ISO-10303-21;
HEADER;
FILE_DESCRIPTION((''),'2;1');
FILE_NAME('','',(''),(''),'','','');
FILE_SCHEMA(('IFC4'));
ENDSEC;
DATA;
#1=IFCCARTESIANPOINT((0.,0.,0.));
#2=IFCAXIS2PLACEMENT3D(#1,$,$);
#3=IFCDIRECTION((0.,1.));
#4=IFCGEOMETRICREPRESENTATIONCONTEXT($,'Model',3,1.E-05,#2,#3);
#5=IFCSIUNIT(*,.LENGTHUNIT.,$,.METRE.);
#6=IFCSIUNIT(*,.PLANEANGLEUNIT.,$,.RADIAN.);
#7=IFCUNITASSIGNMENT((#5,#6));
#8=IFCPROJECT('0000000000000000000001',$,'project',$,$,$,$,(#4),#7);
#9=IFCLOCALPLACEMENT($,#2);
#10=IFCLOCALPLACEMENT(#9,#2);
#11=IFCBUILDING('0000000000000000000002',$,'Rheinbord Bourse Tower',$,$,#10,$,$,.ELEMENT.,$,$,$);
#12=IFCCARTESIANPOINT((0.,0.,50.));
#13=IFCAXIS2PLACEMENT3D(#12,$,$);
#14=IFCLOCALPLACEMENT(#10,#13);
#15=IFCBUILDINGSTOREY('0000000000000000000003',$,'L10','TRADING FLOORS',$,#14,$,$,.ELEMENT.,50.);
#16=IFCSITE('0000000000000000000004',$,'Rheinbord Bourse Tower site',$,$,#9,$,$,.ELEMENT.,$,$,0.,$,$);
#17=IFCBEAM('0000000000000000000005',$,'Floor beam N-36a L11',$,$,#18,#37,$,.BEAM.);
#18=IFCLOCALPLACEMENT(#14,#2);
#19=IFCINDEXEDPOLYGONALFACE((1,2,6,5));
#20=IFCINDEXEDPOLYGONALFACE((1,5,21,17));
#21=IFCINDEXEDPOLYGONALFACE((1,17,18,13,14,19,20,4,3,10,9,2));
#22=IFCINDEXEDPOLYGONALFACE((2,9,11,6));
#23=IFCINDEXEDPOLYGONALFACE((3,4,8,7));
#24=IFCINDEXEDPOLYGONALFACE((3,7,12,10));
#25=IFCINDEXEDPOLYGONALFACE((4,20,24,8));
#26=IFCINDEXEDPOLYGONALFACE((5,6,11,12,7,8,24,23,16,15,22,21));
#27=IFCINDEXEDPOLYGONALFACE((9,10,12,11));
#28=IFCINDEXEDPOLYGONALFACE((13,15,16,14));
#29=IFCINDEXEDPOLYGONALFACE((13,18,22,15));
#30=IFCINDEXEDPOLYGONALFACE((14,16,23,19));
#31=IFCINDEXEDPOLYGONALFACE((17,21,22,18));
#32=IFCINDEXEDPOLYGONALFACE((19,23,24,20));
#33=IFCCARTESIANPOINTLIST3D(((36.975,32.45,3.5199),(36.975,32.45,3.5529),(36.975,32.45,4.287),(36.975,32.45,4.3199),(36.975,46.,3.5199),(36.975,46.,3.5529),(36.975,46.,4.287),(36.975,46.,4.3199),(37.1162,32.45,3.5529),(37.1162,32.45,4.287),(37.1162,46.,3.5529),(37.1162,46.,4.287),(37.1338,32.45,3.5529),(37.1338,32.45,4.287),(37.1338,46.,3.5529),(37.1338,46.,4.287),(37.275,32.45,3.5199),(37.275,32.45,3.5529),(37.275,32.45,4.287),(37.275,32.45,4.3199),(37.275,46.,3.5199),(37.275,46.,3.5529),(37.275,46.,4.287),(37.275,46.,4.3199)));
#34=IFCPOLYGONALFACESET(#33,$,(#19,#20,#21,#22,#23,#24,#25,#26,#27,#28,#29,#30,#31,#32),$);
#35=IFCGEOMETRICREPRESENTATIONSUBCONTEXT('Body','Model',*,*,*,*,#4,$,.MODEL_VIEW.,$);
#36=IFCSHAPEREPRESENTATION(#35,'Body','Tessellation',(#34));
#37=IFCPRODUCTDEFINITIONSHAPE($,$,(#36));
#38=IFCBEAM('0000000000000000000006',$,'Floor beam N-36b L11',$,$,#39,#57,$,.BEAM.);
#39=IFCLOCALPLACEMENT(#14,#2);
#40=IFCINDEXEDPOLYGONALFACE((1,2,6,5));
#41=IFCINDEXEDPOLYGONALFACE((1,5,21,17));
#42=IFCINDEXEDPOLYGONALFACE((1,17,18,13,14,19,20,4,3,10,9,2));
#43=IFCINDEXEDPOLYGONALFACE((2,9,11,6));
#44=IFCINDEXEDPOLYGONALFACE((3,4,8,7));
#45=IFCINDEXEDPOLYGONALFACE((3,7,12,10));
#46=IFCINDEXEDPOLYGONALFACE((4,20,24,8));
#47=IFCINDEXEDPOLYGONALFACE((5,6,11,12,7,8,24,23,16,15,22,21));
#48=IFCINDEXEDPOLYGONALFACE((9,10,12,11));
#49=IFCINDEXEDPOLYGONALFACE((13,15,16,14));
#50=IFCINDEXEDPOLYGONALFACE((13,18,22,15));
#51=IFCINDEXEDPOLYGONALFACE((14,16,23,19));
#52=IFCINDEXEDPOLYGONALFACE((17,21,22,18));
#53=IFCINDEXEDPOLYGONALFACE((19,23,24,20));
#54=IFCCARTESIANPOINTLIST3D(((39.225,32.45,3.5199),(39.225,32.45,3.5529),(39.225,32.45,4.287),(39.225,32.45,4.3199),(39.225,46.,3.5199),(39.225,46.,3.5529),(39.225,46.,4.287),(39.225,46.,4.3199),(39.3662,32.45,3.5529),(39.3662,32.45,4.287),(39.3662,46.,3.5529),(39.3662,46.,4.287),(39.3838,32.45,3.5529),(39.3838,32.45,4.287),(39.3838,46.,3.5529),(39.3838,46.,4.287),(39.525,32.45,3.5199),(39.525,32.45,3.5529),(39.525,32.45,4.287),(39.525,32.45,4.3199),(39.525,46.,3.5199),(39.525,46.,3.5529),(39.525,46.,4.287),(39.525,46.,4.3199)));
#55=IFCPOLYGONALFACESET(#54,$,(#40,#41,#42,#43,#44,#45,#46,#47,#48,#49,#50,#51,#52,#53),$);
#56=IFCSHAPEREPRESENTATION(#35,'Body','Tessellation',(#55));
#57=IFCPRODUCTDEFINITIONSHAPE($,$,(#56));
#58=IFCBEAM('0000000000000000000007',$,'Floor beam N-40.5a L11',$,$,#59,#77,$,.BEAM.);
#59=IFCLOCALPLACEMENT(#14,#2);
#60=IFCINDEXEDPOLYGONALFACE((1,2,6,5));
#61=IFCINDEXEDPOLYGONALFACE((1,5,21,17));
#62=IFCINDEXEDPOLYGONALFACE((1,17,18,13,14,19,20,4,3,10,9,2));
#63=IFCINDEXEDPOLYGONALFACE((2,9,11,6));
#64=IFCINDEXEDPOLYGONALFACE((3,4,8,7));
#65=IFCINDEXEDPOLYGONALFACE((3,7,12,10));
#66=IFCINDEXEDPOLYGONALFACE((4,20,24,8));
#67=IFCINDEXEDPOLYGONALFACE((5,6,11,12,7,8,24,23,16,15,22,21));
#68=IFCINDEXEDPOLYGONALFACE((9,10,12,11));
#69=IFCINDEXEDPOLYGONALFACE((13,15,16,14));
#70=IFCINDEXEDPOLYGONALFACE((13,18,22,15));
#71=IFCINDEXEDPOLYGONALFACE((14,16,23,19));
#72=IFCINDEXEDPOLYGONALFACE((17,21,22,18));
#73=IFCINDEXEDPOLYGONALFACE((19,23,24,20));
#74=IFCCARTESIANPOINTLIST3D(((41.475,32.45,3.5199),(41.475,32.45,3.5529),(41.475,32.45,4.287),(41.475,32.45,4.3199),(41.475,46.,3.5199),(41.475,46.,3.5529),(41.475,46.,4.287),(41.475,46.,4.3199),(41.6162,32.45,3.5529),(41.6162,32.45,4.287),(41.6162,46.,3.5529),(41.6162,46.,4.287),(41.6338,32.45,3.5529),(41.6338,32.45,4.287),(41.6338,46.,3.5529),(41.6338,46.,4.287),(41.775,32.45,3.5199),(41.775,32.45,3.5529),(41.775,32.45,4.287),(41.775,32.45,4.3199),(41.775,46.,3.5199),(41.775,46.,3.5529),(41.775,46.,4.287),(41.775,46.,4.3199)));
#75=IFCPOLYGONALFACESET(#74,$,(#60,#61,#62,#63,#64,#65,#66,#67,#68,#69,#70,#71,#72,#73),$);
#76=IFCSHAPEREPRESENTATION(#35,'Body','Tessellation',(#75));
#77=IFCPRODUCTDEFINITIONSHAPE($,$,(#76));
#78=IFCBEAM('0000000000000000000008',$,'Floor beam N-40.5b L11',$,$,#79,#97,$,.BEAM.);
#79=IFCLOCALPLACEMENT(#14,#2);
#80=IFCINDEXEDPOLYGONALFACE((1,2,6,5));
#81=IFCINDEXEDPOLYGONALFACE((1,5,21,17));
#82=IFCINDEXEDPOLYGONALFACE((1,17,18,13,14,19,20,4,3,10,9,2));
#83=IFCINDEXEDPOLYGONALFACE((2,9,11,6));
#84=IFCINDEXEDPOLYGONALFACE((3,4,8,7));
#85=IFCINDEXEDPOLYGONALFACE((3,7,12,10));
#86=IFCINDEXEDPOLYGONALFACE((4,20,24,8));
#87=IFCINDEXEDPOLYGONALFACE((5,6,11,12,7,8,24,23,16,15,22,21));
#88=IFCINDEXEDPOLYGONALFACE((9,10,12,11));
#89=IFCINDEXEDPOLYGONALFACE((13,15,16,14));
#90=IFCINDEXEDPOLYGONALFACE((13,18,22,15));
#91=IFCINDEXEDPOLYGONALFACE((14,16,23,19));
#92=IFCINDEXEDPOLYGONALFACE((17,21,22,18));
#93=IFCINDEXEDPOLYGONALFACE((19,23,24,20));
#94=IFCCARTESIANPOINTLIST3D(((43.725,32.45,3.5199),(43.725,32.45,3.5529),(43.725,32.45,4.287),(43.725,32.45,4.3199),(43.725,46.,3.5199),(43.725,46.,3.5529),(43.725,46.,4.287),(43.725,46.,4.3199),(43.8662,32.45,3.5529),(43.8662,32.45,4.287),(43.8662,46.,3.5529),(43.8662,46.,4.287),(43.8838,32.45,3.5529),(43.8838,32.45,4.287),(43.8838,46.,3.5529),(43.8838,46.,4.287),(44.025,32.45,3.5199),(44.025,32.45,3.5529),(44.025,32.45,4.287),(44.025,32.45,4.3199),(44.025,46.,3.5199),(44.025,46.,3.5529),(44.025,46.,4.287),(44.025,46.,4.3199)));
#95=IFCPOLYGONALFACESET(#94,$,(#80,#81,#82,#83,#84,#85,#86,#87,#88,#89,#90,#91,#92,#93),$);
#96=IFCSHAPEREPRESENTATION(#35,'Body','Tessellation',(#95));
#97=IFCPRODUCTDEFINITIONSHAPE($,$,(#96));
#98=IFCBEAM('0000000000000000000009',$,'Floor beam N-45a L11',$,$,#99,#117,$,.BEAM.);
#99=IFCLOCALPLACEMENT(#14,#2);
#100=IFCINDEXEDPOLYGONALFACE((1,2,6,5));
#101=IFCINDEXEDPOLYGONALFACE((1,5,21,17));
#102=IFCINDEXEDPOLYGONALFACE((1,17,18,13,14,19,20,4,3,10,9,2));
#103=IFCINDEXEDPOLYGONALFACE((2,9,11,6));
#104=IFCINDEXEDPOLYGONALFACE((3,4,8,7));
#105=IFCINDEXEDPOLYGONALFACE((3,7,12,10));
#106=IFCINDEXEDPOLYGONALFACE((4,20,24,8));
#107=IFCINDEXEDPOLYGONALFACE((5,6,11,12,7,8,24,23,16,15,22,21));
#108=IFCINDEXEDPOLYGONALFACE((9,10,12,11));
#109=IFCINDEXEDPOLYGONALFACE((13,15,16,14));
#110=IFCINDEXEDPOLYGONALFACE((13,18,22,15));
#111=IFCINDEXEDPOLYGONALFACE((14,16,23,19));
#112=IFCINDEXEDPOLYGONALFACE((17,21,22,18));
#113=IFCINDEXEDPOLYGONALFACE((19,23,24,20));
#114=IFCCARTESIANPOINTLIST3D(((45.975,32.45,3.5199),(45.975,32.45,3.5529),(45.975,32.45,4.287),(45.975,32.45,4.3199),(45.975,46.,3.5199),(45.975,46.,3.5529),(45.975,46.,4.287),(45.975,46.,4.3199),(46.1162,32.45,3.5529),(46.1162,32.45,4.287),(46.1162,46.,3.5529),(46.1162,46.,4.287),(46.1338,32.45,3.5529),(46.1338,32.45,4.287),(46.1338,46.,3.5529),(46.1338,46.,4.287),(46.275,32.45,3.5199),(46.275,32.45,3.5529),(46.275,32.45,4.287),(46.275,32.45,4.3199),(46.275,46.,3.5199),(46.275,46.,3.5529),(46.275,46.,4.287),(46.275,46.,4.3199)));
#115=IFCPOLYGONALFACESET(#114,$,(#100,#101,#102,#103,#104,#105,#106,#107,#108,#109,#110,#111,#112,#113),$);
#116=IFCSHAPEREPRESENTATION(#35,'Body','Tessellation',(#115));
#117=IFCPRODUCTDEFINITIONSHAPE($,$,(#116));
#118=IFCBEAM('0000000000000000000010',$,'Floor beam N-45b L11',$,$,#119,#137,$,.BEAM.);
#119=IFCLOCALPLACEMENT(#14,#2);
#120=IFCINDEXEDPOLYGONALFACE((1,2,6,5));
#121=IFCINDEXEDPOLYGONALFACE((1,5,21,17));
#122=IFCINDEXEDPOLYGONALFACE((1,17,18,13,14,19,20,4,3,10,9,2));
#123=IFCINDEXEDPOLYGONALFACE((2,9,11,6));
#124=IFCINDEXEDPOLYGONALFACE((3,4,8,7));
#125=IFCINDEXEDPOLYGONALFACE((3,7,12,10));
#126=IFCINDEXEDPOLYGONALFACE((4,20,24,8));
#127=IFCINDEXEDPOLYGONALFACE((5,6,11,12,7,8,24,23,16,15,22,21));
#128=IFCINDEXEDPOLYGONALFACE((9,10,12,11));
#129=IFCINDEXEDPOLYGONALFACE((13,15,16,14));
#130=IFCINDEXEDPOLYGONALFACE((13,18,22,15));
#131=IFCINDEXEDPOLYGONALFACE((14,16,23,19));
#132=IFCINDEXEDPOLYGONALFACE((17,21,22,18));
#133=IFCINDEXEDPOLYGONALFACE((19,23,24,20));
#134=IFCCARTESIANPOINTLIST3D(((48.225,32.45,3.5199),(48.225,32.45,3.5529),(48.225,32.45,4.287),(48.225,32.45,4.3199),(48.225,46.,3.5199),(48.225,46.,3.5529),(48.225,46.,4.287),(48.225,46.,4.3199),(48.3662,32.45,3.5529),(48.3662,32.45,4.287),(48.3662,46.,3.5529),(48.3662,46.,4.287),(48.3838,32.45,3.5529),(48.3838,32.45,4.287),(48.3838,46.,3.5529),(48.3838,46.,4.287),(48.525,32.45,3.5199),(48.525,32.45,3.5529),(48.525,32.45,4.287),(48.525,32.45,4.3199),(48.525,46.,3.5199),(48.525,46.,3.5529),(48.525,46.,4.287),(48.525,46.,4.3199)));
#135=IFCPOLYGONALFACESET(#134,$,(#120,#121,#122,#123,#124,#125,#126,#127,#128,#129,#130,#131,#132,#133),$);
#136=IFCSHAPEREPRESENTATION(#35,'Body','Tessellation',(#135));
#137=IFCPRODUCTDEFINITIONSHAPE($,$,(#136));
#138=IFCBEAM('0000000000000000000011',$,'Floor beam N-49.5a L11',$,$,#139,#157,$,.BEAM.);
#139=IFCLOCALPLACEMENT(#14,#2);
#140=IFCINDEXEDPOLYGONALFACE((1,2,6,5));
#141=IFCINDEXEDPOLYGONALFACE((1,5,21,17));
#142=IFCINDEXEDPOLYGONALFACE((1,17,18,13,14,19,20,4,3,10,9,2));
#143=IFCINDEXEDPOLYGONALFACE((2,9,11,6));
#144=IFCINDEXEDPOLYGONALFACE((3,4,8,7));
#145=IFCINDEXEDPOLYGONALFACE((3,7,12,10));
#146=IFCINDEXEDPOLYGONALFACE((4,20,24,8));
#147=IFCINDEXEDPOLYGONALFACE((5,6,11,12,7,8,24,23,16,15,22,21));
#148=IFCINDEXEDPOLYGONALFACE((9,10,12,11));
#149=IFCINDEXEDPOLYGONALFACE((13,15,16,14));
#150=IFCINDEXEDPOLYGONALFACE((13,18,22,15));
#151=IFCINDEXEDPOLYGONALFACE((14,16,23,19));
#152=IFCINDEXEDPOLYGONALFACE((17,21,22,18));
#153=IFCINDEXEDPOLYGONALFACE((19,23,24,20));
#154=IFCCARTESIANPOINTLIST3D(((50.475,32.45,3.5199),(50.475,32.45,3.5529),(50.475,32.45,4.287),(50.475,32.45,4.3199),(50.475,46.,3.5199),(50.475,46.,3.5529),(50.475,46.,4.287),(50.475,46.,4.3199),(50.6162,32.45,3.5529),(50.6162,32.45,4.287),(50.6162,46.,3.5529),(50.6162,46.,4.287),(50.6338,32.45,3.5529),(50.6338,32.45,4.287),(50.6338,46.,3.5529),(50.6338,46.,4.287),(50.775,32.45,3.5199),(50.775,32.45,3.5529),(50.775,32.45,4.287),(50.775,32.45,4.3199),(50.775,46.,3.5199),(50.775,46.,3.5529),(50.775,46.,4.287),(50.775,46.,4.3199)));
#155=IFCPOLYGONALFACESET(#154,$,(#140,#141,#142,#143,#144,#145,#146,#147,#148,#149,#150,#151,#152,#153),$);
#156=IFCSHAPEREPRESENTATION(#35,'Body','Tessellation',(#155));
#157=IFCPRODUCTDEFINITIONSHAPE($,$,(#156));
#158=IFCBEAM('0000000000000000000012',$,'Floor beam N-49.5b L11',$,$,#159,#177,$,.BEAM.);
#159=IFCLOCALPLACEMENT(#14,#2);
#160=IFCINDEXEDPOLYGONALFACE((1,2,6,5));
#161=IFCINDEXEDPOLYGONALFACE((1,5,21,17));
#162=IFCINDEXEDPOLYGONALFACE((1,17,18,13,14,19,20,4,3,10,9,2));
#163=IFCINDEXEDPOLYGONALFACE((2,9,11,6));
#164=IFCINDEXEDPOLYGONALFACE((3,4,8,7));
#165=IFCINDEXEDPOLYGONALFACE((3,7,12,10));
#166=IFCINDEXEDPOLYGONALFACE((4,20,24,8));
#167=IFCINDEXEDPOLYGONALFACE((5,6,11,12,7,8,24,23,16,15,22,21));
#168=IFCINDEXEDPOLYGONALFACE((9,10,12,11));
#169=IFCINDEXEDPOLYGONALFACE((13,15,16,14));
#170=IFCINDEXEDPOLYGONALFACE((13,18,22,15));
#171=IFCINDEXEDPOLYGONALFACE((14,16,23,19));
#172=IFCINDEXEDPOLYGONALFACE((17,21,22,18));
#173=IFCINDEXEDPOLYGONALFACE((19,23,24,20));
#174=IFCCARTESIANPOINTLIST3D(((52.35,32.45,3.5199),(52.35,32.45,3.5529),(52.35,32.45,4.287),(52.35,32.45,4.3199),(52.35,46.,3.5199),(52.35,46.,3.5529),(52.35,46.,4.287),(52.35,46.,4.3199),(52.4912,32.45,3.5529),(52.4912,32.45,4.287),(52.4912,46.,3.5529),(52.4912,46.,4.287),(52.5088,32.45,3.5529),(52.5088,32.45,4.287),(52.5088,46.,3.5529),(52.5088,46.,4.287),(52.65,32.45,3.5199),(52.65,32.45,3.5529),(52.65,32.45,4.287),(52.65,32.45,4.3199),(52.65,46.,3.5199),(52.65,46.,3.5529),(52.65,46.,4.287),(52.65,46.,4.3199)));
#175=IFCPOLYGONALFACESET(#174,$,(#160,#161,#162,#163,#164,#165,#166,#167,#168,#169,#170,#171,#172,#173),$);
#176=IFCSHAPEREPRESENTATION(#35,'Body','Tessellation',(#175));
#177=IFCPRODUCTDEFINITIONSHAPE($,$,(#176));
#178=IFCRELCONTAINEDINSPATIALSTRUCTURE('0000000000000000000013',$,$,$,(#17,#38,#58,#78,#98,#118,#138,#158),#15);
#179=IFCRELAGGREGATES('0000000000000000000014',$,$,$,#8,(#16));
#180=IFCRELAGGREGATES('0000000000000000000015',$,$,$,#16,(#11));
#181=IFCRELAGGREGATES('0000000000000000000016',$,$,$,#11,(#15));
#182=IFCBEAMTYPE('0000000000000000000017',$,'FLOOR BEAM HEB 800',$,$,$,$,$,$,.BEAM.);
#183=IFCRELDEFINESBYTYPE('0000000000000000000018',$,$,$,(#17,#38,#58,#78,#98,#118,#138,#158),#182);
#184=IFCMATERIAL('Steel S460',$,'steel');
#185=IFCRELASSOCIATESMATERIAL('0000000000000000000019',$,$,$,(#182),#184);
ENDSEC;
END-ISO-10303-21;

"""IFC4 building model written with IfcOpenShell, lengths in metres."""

from ifc_helpers import new_model, si_unit, direction, frame, origin, origin_2d, place, context, subcontext, project, spatial, i_section, extrude, material, material_profile, profile_set, type_object, element, save


model = new_model("IFC4")

# Units and contexts
model_context = context("Model", 3, precision=1e-05, world=origin(), true_north=direction((0.0, 1.0)))
body_context = subcontext(model_context, "Body", "Model", "MODEL_VIEW")
ifc_project = project(units=[si_unit("LENGTHUNIT", "METRE"), si_unit("PLANEANGLEUNIT", "RADIAN")], contexts=[model_context])

# Site, building, storey
site_placement = place(None, origin())
site = spatial("IfcSite", under=ifc_project, at=site_placement, Name="Rheinbord Bourse Tower site", CompositionType="ELEMENT", RefElevation=0.0)
building_placement = place(site_placement, origin())
building = spatial("IfcBuilding", under=site, at=building_placement, Name="Rheinbord Bourse Tower", CompositionType="ELEMENT")
storey_placement = place(building_placement, frame((0.0, 0.0, 50.0)))
storey = spatial("IfcBuildingStorey", under=building, at=storey_placement, Name="L10", Description="TRADING FLOORS", CompositionType="ELEMENT", Elevation=50.0)

# Beams
ifc_material_1 = material(Name="Steel S460", Category="steel")
ifc_material_profile_1 = material_profile(ifc_material_1, i_section(OverallWidth=0.3, OverallDepth=0.8, WebThickness=0.0176, FlangeThickness=0.033, at=origin_2d()), Name="HEB 800")
ifc_profile_set_1 = profile_set([ifc_material_profile_1], Name="Steel S460")
beam_type_1 = type_object("IfcBeamType", Name="FLOOR BEAM HEB 800", PredefinedType="BEAM", material=ifc_profile_set_1)
for number, where, z_axis, x_axis, name in (
    (1, (37.125, 46.0, 3.9199), (0.0, -1.0, 0.0), (1.0, 0.0, 0.0), "Floor beam N-36a L11"),
    (2, (39.375, 46.0, 3.9199), (0.0, -1.0, 0.0), (1.0, 0.0, 0.0), "Floor beam N-36b L11"),
    (3, (41.625, 46.0, 3.9199), (0.0, -1.0, 0.0), (1.0, 0.0, 0.0), "Floor beam N-40.5a L11"),
    (4, (43.875, 46.0, 3.9199), (0.0, -1.0, 0.0), (1.0, 0.0, 0.0), "Floor beam N-40.5b L11"),
    (5, (46.125, 46.0, 3.9199), (0.0, -1.0, 0.0), (1.0, 0.0, 0.0), "Floor beam N-45a L11"),
    (6, (48.375, 46.0, 3.9199), (0.0, -1.0, 0.0), (1.0, 0.0, 0.0), "Floor beam N-45b L11"),
    (7, (50.625, 46.0, 3.9199), (0.0, -1.0, 0.0), (1.0, 0.0, 0.0), "Floor beam N-49.5a L11"),
    (8, (52.5, 46.0, 3.9199), (0.0, -1.0, 0.0), (1.0, 0.0, 0.0), "Floor beam N-49.5b L11"),
):
    element("IfcBeam", number, at=place(storey_placement, frame(where, z_axis=z_axis, x_axis=x_axis)), inside=storey, type_object=beam_type_1, Name=name, PredefinedType="BEAM", context=body_context, shape_type="SweptSolid", body=[
        extrude(i_section(OverallWidth=0.3, OverallDepth=0.8, WebThickness=0.0176, FlangeThickness=0.033, at=origin_2d()), origin(), (0.0, 0.0, 1.0), 13.55),
    ])

save(model, "model.ifc")
